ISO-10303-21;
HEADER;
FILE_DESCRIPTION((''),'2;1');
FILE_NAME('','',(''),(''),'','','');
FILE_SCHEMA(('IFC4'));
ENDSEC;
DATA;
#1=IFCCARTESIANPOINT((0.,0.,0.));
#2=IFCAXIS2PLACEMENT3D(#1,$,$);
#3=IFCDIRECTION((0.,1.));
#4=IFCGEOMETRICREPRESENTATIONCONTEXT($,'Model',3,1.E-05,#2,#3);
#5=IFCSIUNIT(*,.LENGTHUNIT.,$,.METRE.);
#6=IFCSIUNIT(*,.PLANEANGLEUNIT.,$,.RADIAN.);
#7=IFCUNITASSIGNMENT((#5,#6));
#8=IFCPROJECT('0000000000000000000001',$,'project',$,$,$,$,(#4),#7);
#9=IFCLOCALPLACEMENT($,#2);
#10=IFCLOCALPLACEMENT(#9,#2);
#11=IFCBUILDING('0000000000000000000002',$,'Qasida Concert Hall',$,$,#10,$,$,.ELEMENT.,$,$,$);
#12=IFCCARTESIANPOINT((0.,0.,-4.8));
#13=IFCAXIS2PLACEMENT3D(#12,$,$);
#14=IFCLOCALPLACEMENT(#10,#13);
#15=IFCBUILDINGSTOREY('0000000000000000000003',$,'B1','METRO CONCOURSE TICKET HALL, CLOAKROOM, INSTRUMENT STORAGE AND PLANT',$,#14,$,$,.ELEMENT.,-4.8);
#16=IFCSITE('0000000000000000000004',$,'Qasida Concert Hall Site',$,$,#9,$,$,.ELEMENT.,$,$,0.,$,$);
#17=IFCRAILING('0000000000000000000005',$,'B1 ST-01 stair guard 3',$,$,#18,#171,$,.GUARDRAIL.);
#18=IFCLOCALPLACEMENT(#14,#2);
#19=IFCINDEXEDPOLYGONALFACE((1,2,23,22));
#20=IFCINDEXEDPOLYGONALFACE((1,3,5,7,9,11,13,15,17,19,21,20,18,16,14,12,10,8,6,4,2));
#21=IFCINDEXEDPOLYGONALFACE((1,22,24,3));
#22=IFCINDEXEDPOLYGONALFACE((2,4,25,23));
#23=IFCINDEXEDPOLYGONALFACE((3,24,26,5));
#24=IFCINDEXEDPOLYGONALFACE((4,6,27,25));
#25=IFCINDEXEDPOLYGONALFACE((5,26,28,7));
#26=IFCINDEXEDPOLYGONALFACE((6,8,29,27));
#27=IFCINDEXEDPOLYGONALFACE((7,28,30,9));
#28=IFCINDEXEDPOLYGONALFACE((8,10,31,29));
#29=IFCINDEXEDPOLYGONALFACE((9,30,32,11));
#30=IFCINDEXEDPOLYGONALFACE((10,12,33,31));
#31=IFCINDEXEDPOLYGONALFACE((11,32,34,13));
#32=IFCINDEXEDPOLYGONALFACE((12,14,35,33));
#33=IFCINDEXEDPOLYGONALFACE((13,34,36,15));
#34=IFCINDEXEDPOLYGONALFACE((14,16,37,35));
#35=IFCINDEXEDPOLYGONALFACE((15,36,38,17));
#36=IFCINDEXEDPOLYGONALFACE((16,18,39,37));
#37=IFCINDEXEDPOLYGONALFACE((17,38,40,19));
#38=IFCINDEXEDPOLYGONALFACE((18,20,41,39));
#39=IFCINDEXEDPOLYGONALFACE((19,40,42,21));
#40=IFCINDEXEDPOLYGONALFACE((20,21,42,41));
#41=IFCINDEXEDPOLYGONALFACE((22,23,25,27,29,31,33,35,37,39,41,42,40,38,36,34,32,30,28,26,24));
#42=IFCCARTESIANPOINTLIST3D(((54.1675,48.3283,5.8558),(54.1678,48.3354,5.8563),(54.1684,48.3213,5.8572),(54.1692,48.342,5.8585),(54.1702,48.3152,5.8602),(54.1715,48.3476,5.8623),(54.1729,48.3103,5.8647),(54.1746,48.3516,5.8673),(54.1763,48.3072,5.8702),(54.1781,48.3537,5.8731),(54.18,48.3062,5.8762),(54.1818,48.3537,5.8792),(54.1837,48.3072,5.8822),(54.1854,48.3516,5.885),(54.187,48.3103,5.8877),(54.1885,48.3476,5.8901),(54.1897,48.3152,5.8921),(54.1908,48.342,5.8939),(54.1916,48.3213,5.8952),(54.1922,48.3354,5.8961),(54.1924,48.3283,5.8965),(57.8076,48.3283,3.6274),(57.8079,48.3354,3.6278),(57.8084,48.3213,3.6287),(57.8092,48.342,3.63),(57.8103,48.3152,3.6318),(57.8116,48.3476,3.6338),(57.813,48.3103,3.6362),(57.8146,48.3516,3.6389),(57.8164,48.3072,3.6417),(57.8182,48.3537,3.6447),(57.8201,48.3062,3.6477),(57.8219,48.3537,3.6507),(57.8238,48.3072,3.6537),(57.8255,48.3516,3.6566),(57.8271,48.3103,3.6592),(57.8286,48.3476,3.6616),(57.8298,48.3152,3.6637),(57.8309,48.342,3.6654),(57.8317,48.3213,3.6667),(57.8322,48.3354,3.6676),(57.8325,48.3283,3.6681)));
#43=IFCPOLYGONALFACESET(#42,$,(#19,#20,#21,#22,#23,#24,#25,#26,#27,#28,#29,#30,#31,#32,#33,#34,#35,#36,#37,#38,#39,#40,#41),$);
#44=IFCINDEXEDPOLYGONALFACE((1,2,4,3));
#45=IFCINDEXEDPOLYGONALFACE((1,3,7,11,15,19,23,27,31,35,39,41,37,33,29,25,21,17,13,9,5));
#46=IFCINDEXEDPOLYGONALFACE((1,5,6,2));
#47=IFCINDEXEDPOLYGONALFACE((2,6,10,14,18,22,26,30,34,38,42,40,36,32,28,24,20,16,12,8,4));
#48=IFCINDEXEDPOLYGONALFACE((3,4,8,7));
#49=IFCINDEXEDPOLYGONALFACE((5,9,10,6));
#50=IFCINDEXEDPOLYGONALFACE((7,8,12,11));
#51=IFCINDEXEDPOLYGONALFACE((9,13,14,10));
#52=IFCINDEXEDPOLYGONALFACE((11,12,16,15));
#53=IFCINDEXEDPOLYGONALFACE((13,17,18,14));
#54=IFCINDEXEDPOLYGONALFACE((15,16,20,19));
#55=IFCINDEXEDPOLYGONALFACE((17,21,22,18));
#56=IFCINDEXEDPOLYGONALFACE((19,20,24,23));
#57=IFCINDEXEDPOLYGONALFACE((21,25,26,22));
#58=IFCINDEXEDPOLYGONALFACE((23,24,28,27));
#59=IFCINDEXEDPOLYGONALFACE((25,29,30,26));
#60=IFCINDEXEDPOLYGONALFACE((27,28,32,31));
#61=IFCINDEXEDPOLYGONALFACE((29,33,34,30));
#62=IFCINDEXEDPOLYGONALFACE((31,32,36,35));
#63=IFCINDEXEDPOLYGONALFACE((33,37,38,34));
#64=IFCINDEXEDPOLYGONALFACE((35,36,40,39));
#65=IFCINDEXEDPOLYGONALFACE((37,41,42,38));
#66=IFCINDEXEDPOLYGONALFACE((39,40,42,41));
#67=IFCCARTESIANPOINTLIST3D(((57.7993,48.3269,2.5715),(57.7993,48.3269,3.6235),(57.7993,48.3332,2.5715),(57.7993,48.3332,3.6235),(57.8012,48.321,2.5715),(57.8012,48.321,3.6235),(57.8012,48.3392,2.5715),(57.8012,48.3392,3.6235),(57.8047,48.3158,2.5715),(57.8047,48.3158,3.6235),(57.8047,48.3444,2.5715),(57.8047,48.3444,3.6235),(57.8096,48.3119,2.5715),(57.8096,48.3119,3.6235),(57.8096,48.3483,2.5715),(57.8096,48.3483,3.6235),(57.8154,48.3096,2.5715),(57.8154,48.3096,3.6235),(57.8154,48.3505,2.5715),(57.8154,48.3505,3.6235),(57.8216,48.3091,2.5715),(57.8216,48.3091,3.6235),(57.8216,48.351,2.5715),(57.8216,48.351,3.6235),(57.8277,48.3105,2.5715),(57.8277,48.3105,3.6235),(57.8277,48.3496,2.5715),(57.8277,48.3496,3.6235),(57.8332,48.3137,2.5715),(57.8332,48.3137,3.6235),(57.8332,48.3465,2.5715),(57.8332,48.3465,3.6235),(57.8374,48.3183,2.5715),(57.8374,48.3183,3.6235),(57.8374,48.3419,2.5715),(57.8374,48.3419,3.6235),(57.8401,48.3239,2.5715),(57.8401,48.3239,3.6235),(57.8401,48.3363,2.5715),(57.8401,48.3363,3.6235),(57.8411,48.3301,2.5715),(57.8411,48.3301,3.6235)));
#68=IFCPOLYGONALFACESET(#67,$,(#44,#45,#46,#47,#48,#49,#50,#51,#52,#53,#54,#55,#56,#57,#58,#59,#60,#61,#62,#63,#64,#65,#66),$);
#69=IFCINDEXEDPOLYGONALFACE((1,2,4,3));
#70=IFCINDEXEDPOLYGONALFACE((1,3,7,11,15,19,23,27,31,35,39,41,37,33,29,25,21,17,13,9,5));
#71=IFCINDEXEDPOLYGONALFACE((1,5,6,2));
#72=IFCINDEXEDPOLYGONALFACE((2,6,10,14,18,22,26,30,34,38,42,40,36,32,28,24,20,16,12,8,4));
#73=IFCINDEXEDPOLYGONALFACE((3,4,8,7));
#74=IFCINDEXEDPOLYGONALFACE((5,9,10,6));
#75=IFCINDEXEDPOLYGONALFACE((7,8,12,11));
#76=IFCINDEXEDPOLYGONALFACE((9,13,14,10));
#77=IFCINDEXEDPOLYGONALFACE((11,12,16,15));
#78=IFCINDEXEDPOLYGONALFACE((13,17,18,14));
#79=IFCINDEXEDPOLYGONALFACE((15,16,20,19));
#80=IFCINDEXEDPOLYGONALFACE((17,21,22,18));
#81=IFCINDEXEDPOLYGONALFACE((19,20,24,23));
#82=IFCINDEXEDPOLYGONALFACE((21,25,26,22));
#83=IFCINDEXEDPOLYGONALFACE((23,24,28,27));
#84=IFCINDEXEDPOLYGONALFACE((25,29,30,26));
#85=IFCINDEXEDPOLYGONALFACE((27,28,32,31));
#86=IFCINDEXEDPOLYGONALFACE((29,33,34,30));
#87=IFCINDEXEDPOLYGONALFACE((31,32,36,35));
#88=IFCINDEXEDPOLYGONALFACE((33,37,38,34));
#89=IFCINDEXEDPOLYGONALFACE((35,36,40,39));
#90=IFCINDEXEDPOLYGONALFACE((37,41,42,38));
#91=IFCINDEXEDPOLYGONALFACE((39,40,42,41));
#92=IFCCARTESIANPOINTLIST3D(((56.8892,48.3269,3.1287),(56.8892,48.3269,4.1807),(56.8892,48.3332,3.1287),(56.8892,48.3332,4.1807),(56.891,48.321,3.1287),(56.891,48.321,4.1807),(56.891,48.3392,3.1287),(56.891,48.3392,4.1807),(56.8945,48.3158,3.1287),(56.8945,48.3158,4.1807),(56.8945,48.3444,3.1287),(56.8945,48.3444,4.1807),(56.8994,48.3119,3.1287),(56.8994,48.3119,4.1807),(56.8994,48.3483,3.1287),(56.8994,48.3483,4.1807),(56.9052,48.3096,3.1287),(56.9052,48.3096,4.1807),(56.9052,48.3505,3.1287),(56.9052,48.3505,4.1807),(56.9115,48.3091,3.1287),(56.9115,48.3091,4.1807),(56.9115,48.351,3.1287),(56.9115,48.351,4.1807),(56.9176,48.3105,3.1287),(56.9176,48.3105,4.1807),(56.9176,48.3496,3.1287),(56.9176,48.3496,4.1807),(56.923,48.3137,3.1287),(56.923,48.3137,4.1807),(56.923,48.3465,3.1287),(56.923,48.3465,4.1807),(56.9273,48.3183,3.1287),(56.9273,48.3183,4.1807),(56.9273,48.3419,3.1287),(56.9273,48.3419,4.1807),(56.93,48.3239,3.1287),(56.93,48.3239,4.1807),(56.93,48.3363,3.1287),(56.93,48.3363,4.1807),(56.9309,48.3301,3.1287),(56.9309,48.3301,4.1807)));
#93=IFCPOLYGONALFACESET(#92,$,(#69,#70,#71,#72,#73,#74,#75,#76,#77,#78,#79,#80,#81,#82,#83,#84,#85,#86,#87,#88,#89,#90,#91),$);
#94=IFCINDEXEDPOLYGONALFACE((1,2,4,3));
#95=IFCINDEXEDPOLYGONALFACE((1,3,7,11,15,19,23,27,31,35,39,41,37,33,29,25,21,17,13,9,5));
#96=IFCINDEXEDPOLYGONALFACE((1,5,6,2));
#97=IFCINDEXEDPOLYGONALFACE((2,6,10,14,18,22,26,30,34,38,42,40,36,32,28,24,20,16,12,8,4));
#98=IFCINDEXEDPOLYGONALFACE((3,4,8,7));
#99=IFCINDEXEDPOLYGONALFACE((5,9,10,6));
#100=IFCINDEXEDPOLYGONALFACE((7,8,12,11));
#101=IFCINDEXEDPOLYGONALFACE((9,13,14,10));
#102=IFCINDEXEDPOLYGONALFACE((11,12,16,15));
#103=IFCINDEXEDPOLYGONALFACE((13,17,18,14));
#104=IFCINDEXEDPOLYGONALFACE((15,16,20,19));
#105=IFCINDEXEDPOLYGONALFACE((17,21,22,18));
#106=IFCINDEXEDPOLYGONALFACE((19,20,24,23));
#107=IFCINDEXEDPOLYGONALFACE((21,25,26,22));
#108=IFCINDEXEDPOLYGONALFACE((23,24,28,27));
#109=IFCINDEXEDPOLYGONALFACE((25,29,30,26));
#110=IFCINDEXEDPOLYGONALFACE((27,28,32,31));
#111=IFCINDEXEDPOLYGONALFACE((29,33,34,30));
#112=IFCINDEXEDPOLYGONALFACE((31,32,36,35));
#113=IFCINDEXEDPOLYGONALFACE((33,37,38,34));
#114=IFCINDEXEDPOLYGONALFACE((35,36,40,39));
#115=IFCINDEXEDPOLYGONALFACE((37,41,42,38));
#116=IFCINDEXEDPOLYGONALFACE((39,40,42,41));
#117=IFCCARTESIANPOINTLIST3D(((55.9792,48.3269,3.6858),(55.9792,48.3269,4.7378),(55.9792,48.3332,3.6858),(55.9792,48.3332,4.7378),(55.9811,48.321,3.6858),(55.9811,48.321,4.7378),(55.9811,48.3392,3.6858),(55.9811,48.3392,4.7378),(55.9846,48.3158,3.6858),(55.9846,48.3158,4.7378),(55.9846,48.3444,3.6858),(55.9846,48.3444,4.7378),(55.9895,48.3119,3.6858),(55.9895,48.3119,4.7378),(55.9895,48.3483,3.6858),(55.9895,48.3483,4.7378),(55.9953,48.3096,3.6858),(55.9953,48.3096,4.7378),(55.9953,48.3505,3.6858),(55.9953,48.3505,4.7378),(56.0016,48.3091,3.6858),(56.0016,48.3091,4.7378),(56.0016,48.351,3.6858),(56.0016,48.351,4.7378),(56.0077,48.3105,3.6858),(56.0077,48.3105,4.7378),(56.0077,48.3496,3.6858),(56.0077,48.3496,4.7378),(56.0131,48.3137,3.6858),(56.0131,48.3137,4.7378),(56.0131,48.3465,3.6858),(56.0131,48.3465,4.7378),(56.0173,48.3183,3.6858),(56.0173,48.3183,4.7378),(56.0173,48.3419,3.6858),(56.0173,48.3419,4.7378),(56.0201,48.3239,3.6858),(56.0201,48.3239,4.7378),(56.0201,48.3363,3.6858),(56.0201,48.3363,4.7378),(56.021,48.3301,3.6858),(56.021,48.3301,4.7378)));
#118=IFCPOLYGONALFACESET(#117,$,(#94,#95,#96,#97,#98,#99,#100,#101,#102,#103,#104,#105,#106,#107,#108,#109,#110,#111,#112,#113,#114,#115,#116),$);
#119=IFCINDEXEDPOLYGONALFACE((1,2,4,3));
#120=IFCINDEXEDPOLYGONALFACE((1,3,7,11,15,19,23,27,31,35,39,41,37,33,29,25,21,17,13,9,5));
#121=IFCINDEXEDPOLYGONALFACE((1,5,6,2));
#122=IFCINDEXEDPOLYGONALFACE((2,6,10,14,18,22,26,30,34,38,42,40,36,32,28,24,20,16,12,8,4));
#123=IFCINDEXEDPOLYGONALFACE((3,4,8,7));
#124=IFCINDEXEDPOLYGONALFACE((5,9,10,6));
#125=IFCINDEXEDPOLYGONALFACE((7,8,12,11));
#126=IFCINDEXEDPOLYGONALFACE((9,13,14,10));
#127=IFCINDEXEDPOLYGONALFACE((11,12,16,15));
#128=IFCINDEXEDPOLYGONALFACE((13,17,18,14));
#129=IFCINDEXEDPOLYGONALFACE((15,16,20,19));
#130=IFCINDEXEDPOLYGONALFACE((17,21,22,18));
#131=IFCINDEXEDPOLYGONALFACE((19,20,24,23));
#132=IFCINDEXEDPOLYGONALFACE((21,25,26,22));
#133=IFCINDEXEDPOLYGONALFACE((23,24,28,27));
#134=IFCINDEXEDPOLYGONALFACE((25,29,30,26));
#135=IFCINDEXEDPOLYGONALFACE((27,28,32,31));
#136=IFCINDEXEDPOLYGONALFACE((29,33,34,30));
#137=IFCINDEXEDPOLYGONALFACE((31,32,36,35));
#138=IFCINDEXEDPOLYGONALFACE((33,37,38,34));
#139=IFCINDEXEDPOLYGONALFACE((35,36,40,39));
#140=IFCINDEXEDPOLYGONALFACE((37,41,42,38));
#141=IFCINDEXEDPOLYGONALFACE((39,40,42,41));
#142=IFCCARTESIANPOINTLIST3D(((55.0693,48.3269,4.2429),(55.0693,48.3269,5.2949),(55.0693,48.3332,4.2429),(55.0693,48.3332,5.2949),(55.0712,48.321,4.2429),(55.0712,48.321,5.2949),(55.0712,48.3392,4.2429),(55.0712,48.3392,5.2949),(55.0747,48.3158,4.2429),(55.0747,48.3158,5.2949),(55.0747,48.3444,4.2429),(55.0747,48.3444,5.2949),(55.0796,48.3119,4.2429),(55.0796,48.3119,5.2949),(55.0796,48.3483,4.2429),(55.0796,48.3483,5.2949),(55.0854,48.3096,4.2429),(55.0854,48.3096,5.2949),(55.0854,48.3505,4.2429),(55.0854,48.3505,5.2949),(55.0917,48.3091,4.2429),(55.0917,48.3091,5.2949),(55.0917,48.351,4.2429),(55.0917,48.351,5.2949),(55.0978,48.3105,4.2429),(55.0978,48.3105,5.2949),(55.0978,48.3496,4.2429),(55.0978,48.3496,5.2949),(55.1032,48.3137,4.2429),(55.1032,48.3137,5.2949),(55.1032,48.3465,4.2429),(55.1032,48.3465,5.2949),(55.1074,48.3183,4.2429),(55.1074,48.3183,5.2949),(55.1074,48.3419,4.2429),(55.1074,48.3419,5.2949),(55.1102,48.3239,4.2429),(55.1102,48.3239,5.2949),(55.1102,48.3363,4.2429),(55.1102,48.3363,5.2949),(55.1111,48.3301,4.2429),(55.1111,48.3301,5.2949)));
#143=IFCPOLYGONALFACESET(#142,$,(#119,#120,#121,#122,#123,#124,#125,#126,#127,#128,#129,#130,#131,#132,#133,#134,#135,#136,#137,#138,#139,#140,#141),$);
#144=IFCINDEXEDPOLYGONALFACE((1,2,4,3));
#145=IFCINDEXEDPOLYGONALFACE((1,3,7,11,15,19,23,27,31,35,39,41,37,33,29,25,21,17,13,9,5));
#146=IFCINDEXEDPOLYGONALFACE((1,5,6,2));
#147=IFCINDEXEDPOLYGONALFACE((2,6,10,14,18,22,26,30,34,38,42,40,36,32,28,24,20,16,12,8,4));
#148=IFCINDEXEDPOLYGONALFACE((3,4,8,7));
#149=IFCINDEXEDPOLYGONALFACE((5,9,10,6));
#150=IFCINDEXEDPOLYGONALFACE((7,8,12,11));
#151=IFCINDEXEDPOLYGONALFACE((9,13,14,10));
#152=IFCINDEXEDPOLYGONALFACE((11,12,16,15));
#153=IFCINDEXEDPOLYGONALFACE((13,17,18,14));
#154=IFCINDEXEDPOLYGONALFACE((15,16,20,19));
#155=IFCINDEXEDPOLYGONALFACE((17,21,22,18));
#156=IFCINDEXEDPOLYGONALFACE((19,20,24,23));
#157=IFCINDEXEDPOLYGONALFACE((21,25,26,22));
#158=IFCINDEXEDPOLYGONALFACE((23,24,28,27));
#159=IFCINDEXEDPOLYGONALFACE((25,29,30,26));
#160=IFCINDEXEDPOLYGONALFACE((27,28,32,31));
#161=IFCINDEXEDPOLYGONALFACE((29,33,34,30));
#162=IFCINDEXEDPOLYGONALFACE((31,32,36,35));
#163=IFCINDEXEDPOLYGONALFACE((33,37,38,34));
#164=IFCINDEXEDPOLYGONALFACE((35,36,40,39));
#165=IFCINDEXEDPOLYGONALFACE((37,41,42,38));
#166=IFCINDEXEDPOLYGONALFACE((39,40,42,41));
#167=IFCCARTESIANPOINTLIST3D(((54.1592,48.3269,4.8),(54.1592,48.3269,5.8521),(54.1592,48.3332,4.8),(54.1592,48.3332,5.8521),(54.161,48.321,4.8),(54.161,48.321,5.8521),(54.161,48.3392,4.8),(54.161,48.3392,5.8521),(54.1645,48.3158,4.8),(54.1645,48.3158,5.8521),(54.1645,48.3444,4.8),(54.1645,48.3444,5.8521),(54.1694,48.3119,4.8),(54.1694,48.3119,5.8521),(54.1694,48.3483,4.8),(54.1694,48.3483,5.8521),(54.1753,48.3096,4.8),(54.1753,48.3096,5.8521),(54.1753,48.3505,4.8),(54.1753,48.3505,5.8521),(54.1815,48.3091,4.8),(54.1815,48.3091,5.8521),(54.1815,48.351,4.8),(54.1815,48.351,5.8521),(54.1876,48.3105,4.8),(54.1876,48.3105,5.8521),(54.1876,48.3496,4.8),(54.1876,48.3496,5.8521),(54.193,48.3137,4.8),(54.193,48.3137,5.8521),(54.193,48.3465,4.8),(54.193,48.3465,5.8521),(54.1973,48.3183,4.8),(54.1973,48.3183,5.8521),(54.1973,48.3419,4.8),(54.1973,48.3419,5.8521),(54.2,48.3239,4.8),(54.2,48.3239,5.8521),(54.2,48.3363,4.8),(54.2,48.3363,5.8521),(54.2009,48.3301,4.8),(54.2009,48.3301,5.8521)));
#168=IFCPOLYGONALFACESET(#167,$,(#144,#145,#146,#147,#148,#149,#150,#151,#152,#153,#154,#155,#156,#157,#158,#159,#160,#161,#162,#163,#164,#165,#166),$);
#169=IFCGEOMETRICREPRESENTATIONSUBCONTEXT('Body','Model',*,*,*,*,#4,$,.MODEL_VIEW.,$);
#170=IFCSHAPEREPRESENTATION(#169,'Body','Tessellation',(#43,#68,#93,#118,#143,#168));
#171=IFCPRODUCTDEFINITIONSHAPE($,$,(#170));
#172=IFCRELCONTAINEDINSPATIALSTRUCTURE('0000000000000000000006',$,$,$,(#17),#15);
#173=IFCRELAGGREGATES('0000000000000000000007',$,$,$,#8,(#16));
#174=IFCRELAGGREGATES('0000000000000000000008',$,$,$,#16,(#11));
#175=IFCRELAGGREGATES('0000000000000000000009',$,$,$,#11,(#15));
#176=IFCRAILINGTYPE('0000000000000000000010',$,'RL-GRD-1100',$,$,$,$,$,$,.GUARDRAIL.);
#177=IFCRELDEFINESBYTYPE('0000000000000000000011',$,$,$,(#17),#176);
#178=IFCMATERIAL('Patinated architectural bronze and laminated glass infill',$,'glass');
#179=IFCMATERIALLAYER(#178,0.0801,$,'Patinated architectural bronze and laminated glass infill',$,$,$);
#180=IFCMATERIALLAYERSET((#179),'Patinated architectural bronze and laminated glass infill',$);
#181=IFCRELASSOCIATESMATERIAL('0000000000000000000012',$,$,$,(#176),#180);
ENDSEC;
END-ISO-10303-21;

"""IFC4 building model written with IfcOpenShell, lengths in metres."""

from ifc_helpers import new_model, si_unit, direction, frame, origin, origin_2d, place, context, subcontext, project, spatial, circle, extrude, material, layer, layer_set, type_object, element, save


model = new_model("IFC4")

# Units and contexts
model_context = context("Model", 3, precision=1e-05, world=origin(), true_north=direction((0.0, 1.0)))
body_context = subcontext(model_context, "Body", "Model", "MODEL_VIEW")
ifc_project = project(units=[si_unit("LENGTHUNIT", "METRE"), si_unit("PLANEANGLEUNIT", "RADIAN")], contexts=[model_context])

# Site, building, storey
site_placement = place(None, origin())
site = spatial("IfcSite", under=ifc_project, at=site_placement, Name="Qasida Concert Hall Site", CompositionType="ELEMENT", RefElevation=0.0)
building_placement = place(site_placement, origin())
building = spatial("IfcBuilding", under=site, at=building_placement, Name="Qasida Concert Hall", CompositionType="ELEMENT")
storey_placement = place(building_placement, frame((0.0, 0.0, -4.8)))
storey = spatial("IfcBuildingStorey", under=building, at=storey_placement, Name="B1", Description="METRO CONCOURSE TICKET HALL, CLOAKROOM, INSTRUMENT STORAGE AND PLANT", CompositionType="ELEMENT", Elevation=-4.8)

# Railing
ifc_material_1 = material(Name="Patinated architectural bronze and laminated glass infill", Category="glass")
ifc_layer_1 = layer(ifc_material_1, 0.0801, Name="Patinated architectural bronze and laminated glass infill")
ifc_layer_set_1 = layer_set([ifc_layer_1], Name="Patinated architectural bronze and laminated glass infill")
railing_type_1 = type_object("IfcRailingType", Name="RL-GRD-1100", PredefinedType="GUARDRAIL", material=ifc_layer_set_1)
railing_1_placement = place(storey_placement, frame((57.8201, 48.3301, 2.5715)))
element("IfcRailing", 1, at=railing_1_placement, inside=storey, type_object=railing_type_1, Name="B1 ST-01 stair guard 3", PredefinedType="GUARDRAIL", context=body_context, shape_type="SweptSolid", body=[
    extrude(circle(Radius=0.0239, at=origin_2d()), frame((0.0, 0.0, 1.0762), z_axis=(-0.852866, 0.0, 0.52213), x_axis=(0.0, -1.0, 0.0)), (0.0, 0.0, 1.0), 4.2681),
    extrude(circle(Radius=0.021, at=origin_2d()), origin(), (0.0, 0.0, 1.0), 1.052),
    extrude(circle(Radius=0.021, at=origin_2d()), frame((-0.9102, 0.0, 0.5571)), (0.0, 0.0, 1.0), 1.052),
    extrude(circle(Radius=0.021, at=origin_2d()), frame((-1.8201, 0.0, 1.1143)), (0.0, 0.0, 1.0), 1.052),
    extrude(circle(Radius=0.021, at=origin_2d()), frame((-2.73, 0.0, 1.6714)), (0.0, 0.0, 1.0), 1.052),
    extrude(circle(Radius=0.021, at=origin_2d()), frame((-3.6401, 0.0, 2.2285)), (0.0, 0.0, 1.0), 1.052),
])

save(model, "model.ifc")
